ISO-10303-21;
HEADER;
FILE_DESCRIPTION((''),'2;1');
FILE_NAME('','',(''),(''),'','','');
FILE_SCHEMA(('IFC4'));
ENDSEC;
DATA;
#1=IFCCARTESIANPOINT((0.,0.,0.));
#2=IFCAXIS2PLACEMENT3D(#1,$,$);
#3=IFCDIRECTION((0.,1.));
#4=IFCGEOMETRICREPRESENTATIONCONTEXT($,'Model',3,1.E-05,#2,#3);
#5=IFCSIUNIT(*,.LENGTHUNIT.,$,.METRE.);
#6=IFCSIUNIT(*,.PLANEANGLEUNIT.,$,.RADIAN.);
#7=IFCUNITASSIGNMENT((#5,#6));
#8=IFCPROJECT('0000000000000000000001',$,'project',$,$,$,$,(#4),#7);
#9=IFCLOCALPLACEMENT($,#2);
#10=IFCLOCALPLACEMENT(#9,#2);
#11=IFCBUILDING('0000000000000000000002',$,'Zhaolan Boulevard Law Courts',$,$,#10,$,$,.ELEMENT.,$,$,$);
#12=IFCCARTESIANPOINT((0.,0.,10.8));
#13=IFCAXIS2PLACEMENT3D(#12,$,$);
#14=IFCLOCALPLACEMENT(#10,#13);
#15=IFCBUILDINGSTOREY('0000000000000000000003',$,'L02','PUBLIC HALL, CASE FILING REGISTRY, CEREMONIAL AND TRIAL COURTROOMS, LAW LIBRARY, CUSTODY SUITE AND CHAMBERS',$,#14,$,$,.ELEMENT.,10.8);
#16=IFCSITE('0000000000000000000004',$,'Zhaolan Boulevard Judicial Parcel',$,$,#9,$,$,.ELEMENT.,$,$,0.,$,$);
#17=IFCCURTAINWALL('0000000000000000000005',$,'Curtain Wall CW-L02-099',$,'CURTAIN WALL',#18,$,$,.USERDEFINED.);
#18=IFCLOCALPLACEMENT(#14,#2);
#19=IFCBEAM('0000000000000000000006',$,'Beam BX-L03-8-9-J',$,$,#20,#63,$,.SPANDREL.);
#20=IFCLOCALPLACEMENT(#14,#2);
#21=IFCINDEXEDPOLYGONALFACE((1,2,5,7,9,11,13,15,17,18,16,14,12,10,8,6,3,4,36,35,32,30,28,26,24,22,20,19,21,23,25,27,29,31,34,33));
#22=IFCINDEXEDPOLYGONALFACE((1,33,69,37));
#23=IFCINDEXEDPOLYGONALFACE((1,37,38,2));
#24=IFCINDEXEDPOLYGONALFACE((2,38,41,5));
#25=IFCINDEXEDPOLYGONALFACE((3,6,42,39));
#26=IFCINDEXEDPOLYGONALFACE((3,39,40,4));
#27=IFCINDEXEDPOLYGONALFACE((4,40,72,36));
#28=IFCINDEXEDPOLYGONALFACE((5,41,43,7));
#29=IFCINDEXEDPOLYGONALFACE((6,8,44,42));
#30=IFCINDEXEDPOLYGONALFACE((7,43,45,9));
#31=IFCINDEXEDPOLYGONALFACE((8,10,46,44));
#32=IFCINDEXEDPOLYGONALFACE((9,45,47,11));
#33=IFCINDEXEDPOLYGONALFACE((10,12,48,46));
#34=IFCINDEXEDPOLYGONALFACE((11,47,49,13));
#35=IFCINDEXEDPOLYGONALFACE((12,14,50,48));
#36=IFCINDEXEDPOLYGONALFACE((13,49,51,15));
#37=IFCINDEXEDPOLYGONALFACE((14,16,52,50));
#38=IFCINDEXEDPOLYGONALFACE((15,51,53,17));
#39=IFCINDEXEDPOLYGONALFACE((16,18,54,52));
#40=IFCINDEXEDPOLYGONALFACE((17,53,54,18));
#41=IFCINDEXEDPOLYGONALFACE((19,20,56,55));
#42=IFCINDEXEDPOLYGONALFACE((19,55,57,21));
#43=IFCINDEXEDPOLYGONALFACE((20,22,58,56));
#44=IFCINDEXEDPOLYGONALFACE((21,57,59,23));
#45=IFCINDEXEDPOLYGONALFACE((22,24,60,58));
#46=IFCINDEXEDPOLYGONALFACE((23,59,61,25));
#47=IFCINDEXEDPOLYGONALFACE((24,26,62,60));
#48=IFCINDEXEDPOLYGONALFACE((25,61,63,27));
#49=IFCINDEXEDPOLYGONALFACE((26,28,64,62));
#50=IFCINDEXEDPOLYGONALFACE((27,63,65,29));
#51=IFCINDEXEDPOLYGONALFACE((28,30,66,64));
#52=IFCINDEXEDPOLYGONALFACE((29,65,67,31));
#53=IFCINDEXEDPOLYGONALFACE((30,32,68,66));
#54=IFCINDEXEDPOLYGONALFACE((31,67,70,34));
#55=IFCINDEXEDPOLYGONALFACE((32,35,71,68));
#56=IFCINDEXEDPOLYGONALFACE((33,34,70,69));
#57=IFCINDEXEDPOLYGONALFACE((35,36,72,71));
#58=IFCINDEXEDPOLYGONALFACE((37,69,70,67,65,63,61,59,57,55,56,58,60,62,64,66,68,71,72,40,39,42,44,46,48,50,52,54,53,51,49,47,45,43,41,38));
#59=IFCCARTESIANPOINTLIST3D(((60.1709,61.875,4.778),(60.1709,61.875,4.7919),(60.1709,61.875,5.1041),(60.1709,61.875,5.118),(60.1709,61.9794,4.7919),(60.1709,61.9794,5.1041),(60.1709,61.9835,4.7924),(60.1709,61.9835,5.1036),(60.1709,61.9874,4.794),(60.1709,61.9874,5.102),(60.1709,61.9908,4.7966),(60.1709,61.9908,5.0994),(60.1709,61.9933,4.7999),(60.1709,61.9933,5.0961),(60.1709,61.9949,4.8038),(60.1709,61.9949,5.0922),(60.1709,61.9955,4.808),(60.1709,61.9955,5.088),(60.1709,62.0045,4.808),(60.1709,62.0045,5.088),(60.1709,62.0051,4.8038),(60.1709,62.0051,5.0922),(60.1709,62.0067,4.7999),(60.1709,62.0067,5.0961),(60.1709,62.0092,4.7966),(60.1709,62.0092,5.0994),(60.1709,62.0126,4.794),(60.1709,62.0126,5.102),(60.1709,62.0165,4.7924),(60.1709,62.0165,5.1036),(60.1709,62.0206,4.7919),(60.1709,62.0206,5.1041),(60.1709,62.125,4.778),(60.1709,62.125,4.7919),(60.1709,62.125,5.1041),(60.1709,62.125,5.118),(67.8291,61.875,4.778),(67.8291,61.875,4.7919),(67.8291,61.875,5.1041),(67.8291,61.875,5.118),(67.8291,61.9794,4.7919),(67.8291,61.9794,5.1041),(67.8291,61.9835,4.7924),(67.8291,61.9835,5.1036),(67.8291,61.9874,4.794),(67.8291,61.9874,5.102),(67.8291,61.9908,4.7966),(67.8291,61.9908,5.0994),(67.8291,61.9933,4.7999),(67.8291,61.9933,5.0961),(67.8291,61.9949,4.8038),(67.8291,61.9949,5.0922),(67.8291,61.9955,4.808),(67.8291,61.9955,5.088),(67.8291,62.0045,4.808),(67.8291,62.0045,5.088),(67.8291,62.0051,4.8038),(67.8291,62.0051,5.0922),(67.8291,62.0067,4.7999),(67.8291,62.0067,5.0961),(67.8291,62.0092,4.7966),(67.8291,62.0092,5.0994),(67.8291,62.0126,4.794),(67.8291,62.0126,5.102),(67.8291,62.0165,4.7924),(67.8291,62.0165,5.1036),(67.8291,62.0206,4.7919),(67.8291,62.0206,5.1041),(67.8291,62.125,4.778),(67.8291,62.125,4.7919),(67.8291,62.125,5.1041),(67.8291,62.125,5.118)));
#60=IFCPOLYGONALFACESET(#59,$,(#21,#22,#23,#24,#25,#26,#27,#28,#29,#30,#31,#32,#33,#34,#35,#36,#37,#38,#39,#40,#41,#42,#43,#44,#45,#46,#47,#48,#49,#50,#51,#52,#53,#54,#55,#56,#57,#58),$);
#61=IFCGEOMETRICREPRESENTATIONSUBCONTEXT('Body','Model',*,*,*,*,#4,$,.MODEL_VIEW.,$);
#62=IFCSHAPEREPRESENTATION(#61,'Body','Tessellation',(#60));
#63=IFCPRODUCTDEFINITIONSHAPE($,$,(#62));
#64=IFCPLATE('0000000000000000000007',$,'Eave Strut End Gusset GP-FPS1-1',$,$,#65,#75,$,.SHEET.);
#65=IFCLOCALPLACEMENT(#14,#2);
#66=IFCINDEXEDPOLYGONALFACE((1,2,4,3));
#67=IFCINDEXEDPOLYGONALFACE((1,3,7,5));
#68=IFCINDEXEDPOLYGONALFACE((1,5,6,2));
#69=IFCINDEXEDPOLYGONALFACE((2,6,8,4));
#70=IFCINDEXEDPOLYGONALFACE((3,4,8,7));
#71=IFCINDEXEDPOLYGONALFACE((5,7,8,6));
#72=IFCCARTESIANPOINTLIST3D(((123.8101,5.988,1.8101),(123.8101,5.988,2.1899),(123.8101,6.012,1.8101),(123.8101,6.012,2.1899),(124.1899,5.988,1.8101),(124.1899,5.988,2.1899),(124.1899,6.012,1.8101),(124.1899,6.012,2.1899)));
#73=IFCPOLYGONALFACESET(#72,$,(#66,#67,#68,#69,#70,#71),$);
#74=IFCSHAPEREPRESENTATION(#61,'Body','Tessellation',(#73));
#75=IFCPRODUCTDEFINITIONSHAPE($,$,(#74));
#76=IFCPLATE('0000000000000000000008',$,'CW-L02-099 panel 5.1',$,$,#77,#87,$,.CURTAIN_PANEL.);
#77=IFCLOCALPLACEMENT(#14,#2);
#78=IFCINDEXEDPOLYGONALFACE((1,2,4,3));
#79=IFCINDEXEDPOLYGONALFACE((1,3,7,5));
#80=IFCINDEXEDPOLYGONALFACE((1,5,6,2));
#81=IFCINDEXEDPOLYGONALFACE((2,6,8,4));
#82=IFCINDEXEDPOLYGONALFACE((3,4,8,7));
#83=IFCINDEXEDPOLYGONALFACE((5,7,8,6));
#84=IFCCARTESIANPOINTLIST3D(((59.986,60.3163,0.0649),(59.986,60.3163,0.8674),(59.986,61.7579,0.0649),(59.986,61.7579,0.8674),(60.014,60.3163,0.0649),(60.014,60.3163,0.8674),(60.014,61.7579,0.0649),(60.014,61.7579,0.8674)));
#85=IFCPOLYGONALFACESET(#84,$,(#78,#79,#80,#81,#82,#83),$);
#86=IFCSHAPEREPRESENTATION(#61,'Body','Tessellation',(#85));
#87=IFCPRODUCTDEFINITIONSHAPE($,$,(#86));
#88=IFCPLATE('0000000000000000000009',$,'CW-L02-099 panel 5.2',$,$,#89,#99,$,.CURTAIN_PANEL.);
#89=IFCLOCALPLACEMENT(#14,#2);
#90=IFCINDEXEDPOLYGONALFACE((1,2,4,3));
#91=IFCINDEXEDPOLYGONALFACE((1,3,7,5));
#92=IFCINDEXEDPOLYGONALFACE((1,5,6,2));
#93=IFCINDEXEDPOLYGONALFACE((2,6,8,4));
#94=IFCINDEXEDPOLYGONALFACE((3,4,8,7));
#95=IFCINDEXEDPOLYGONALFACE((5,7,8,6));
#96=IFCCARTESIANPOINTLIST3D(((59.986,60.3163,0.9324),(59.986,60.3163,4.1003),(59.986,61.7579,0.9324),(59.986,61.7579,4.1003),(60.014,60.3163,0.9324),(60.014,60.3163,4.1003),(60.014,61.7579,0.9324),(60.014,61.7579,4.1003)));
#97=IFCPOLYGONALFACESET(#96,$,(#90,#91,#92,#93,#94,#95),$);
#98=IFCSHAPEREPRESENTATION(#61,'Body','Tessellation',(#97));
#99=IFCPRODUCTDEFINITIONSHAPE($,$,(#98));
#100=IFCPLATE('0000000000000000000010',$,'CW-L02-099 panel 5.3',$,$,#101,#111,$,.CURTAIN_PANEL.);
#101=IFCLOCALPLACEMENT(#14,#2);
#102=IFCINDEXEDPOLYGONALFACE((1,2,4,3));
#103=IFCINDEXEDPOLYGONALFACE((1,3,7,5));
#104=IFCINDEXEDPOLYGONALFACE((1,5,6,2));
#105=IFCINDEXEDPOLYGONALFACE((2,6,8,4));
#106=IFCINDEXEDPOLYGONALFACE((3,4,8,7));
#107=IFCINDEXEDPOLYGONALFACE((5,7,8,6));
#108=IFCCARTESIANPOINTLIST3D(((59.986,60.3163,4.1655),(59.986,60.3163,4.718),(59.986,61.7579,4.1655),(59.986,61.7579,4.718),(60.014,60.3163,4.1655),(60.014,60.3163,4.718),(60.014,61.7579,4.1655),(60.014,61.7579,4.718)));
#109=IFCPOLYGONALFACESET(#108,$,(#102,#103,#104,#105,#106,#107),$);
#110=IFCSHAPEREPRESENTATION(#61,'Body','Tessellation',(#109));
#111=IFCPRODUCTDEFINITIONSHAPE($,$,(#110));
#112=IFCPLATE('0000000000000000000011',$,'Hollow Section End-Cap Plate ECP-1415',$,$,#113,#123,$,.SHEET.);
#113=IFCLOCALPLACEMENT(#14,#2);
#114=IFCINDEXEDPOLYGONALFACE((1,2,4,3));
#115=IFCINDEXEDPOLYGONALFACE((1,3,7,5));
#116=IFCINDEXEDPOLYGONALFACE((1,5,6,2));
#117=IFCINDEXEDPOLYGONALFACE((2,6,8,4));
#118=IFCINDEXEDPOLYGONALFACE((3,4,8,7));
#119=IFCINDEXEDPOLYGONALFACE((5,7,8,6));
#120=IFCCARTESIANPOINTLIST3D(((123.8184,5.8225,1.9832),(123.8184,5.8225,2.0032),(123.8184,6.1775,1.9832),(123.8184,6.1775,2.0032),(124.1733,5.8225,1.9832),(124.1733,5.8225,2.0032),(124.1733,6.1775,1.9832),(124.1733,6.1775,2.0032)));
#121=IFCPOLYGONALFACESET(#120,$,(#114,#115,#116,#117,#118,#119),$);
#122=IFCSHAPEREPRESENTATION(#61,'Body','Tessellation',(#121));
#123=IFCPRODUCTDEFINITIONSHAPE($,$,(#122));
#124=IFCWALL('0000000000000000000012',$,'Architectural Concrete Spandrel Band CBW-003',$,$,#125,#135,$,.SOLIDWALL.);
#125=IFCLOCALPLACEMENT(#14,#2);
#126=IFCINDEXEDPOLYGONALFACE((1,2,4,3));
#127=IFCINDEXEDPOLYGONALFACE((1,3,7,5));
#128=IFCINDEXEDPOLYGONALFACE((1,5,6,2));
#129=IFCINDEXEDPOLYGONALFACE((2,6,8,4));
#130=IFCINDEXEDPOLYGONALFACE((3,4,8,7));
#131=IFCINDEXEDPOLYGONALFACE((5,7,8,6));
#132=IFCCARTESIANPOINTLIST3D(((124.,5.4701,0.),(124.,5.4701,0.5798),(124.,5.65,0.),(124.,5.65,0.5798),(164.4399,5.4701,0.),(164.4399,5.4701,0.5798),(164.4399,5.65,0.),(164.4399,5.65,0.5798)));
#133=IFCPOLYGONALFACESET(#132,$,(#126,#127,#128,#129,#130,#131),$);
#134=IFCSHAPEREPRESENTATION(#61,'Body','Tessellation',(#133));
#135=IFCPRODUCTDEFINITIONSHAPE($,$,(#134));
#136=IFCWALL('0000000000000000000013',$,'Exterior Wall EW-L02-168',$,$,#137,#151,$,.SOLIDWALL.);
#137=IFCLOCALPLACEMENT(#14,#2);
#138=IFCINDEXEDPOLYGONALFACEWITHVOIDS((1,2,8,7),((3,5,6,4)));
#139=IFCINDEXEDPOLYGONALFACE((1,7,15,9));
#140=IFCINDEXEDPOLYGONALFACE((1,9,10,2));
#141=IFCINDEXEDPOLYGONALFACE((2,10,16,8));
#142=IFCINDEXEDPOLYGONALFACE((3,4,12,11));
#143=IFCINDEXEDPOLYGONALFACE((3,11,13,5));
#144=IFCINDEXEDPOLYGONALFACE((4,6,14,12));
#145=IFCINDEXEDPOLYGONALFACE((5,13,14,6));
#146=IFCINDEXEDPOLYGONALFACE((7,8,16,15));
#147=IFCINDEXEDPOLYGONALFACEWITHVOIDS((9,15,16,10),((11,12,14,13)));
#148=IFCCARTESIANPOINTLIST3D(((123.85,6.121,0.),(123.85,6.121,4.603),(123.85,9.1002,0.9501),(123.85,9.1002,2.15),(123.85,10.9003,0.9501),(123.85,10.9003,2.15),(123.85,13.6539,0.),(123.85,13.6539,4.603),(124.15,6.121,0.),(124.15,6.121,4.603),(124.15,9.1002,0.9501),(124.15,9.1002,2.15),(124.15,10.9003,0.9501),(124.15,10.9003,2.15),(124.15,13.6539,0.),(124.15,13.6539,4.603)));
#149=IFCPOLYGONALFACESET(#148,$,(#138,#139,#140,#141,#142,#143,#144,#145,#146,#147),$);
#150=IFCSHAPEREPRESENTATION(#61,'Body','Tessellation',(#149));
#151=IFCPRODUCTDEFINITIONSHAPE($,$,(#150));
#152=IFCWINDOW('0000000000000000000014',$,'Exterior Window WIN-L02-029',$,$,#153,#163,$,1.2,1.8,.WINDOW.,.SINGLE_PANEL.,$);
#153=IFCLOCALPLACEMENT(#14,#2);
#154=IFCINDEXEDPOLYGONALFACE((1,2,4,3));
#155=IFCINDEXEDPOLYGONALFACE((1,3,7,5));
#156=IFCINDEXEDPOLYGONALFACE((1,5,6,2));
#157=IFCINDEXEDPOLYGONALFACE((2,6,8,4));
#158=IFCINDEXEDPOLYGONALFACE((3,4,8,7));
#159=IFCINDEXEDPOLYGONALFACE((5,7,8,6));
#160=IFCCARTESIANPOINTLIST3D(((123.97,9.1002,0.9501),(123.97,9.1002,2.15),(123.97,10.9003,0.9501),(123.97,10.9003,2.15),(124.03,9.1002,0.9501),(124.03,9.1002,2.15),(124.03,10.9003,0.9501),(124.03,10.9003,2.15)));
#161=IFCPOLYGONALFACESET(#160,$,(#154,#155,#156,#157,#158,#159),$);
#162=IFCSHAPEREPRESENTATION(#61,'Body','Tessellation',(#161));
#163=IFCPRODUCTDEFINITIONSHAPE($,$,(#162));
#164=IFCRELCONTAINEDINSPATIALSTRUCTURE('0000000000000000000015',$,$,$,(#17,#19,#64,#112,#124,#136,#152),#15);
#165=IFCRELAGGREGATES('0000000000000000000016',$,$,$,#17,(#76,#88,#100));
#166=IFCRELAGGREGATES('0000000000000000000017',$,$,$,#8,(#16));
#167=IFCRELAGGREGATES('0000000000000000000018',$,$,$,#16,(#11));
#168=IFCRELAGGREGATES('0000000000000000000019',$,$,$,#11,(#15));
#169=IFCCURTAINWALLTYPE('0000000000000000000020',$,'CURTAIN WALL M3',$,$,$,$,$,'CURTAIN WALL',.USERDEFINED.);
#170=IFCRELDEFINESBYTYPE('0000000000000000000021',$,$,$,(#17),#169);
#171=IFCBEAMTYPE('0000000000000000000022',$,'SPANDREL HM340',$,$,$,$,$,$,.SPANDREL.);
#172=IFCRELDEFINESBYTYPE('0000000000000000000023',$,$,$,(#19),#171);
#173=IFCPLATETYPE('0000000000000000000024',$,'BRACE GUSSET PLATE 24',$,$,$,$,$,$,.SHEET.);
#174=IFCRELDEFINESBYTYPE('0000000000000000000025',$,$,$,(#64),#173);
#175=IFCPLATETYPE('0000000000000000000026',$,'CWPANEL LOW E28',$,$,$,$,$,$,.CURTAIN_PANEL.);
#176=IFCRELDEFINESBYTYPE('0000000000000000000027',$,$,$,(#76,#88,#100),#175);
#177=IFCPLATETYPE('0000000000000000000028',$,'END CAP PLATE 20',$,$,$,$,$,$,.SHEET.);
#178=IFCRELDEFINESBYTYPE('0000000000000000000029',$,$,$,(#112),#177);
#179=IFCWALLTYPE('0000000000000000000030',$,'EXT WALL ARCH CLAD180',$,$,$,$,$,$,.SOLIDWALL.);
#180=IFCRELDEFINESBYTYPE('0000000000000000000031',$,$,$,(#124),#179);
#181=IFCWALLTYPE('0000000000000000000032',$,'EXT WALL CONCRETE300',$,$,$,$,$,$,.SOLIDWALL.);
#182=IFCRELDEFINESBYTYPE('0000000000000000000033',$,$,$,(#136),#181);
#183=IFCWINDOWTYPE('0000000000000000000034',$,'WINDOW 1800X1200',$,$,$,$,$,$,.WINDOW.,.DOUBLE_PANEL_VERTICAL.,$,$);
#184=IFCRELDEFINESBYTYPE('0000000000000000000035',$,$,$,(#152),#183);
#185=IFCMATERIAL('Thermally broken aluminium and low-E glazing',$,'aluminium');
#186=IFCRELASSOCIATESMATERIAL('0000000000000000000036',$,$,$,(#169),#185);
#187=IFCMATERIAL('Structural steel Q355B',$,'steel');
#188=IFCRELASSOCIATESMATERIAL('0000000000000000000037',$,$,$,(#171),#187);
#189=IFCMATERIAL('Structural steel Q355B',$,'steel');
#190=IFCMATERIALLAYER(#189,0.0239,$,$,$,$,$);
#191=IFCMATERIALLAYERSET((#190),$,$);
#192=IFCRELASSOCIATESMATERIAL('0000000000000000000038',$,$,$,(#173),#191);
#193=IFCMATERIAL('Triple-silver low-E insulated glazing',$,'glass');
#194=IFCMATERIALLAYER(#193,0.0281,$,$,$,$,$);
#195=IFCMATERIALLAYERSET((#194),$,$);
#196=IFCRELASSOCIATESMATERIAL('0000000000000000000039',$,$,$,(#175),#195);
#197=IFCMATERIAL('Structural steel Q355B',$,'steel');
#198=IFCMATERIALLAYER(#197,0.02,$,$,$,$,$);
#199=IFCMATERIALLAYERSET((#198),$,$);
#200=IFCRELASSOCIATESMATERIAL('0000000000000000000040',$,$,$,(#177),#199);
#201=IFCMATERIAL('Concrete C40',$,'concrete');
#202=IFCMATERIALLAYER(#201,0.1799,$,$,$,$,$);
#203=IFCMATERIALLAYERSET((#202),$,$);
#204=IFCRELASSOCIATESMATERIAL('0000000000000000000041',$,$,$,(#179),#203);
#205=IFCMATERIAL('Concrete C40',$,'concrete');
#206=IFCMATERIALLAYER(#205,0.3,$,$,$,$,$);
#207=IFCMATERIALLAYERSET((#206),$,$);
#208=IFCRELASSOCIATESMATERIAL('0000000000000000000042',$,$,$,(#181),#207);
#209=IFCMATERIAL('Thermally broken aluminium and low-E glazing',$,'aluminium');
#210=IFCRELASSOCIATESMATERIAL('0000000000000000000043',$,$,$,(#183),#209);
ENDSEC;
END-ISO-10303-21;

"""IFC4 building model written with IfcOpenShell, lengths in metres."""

from ifc_helpers import new_model, si_unit, direction, frame, frame_2d, origin, origin_2d, place, context, subcontext, project, spatial, rectangle, i_section, extrude, material, layer, layer_set, material_profile, profile_set, type_object, element, fill, aggregate, save


model = new_model("IFC4")

# Units and contexts
model_context = context("Model", 3, precision=1e-05, world=origin(), true_north=direction((0.0, 1.0)))
body_context = subcontext(model_context, "Body", "Model", "MODEL_VIEW")
ifc_project = project(units=[si_unit("LENGTHUNIT", "METRE"), si_unit("PLANEANGLEUNIT", "RADIAN")], contexts=[model_context])

# Site, building, storey
site_placement = place(None, origin())
site = spatial("IfcSite", under=ifc_project, at=site_placement, Name="Zhaolan Boulevard Judicial Parcel", CompositionType="ELEMENT", RefElevation=0.0)
building_placement = place(site_placement, origin())
building = spatial("IfcBuilding", under=site, at=building_placement, Name="Zhaolan Boulevard Law Courts", CompositionType="ELEMENT")
storey_placement = place(building_placement, frame((0.0, 0.0, 10.8)))
storey = spatial("IfcBuildingStorey", under=building, at=storey_placement, Name="L02", Description="PUBLIC HALL, CASE FILING REGISTRY, CEREMONIAL AND TRIAL COURTROOMS, LAW LIBRARY, CUSTODY SUITE AND CHAMBERS", CompositionType="ELEMENT", Elevation=10.8)

# Curtain wall
ifc_material_1 = material(Name="Thermally broken aluminium and low-E glazing", Category="aluminium")
curtain_wall_type = type_object("IfcCurtainWallType", Name="CURTAIN WALL M3", ElementType="CURTAIN WALL", PredefinedType="USERDEFINED", material=ifc_material_1)
curtain_wall_placement = place(storey_placement, origin())
curtain_wall = element("IfcCurtainWall", 1, at=curtain_wall_placement, inside=storey, type_object=curtain_wall_type, Name="Curtain Wall CW-L02-099", ObjectType="CURTAIN WALL", PredefinedType="USERDEFINED")

# Beam
ifc_material_2 = material(Name="Structural steel Q355B", Category="steel")
ifc_material_profile_1 = material_profile(ifc_material_2, i_section(OverallWidth=0.25, OverallDepth=0.3401, WebThickness=0.009, FlangeThickness=0.0139, FilletRadius=0.0161, at=origin_2d()), Name="HM340x250")
ifc_profile_set_1 = profile_set([ifc_material_profile_1], Name="Structural steel Q355B")
beam_type_1 = type_object("IfcBeamType", Name="SPANDREL HM340", PredefinedType="SPANDREL", material=ifc_profile_set_1)
beam_1_placement = place(storey_placement, frame((60.1709, 62.0, 4.948), z_axis=(1.0, 0.0, 0.0), x_axis=(0.0, 1.0, 0.0)))
element("IfcBeam", 2, at=beam_1_placement, inside=storey, type_object=beam_type_1, Name="Beam BX-L03-8-9-J", PredefinedType="SPANDREL", context=body_context, shape_type="SweptSolid", body=[
    extrude(i_section(OverallWidth=0.25, OverallDepth=0.3401, WebThickness=0.009, FlangeThickness=0.0139, FilletRadius=0.0161, at=origin_2d()), origin(), (0.0, 0.0, 1.0), 7.6582),
])

# Plates
ifc_material_3 = material(Name="Structural steel Q355B", Category="steel")
ifc_layer_1 = layer(ifc_material_3, 0.0239)
ifc_layer_set_1 = layer_set([ifc_layer_1])
plate_type_1 = type_object("IfcPlateType", Name="BRACE GUSSET PLATE 24", PredefinedType="SHEET", material=ifc_layer_set_1)
plate_1_placement = place(storey_placement, frame((124.0, 6.0, 1.8101), z_axis=(0.0, 0.0, 1.0), x_axis=(1.0, 0.0, 0.0)))
element("IfcPlate", 3, at=plate_1_placement, inside=storey, type_object=plate_type_1, Name="Eave Strut End Gusset GP-FPS1-1", PredefinedType="SHEET", context=body_context, shape_type="SweptSolid", body=[
    extrude(rectangle(XDim=0.3799, YDim=0.0239, at=origin_2d()), origin(), (0.0, 0.0, 1.0), 0.3799),
])
ifc_material_4 = material(Name="Triple-silver low-E insulated glazing", Category="glass")
ifc_layer_2 = layer(ifc_material_4, 0.0281)
ifc_layer_set_2 = layer_set([ifc_layer_2])
plate_type_2 = type_object("IfcPlateType", Name="CWPANEL LOW E28", PredefinedType="CURTAIN_PANEL", material=ifc_layer_set_2)
plate_2_placement = place(storey_placement, frame((60.0, 61.0371, 0.0649), z_axis=(0.0, 0.0, 1.0), x_axis=(0.0, 1.0, 0.0)))
plate_2 = element("IfcPlate", 4, at=plate_2_placement, type_object=plate_type_2, Name="CW-L02-099 panel 5.1", PredefinedType="CURTAIN_PANEL", context=body_context, shape_type="SweptSolid", body=[
    extrude(rectangle(XDim=1.4417, YDim=0.0281, at=origin_2d()), origin(), (0.0, 0.0, 1.0), 0.8025),
])
plate_3_placement = place(storey_placement, frame((60.0, 61.0371, 0.9324), z_axis=(0.0, 0.0, 1.0), x_axis=(0.0, 1.0, 0.0)))
plate_3 = element("IfcPlate", 5, at=plate_3_placement, type_object=plate_type_2, Name="CW-L02-099 panel 5.2", PredefinedType="CURTAIN_PANEL", context=body_context, shape_type="SweptSolid", body=[
    extrude(rectangle(XDim=1.4417, YDim=0.0281, at=origin_2d()), origin(), (0.0, 0.0, 1.0), 3.168),
])
plate_4_placement = place(storey_placement, frame((60.0, 61.0371, 4.1655), z_axis=(0.0, 0.0, 1.0), x_axis=(0.0, 1.0, 0.0)))
plate_4 = element("IfcPlate", 6, at=plate_4_placement, type_object=plate_type_2, Name="CW-L02-099 panel 5.3", PredefinedType="CURTAIN_PANEL", context=body_context, shape_type="SweptSolid", body=[
    extrude(rectangle(XDim=1.4417, YDim=0.0281, at=origin_2d()), origin(), (0.0, 0.0, 1.0), 0.5525),
])
aggregate(curtain_wall, [plate_2, plate_3, plate_4])
ifc_material_5 = material(Name="Structural steel Q355B", Category="steel")
ifc_layer_3 = layer(ifc_material_5, 0.02)
ifc_layer_set_3 = layer_set([ifc_layer_3])
plate_type_3 = type_object("IfcPlateType", Name="END CAP PLATE 20", PredefinedType="SHEET", material=ifc_layer_set_3)
plate_5_placement = place(storey_placement, frame((123.9958, 6.0, 1.9832), z_axis=(0.0, 0.0, 1.0), x_axis=(1.0, 0.0, 0.0)))
element("IfcPlate", 7, at=plate_5_placement, inside=storey, type_object=plate_type_3, Name="Hollow Section End-Cap Plate ECP-1415", PredefinedType="SHEET", context=body_context, shape_type="SweptSolid", body=[
    extrude(rectangle(XDim=0.355, YDim=0.355, at=origin_2d()), origin(), (0.0, 0.0, 1.0), 0.02),
])

# Wall
ifc_material_6 = material(Name="Concrete C40", Category="concrete")
ifc_layer_4 = layer(ifc_material_6, 0.1799)
ifc_layer_set_4 = layer_set([ifc_layer_4])
wall_type_1 = type_object("IfcWallType", Name="EXT WALL ARCH CLAD180", PredefinedType="SOLIDWALL", material=ifc_layer_set_4)
wall_1_placement = place(storey_placement, frame((124.0, 5.5601, 0.0), z_axis=(0.0, 0.0, 1.0), x_axis=(1.0, 0.0, 0.0)))
element("IfcWall", 8, at=wall_1_placement, inside=storey, type_object=wall_type_1, Name="Architectural Concrete Spandrel Band CBW-003", PredefinedType="SOLIDWALL", context=body_context, shape_type="SweptSolid", body=[
    extrude(rectangle(XDim=40.4399, YDim=0.1799, at=frame_2d((20.22, 0.0))), origin(), (0.0, 0.0, 1.0), 0.5798),
])

# Wall, opening, window
ifc_material_7 = material(Name="Concrete C40", Category="concrete")
ifc_layer_5 = layer(ifc_material_7, 0.3)
ifc_layer_set_5 = layer_set([ifc_layer_5])
wall_type_2 = type_object("IfcWallType", Name="EXT WALL CONCRETE300", PredefinedType="SOLIDWALL", material=ifc_layer_set_5)
wall_2_placement = place(storey_placement, frame((124.0, 13.6541, 0.0), z_axis=(0.0, 0.0, 1.0), x_axis=(0.0, -1.0, 0.0)))
wall_2 = element("IfcWall", 9, at=wall_2_placement, inside=storey, type_object=wall_type_2, Name="Exterior Wall EW-L02-168", PredefinedType="SOLIDWALL", context=body_context, shape_type="SweptSolid", body=[
    extrude(rectangle(XDim=7.533, YDim=0.3, at=frame_2d((3.7666, 0.0))), origin(), (0.0, 0.0, 1.0), 4.603),
])
opening_1_placement = place(wall_2_placement, frame((2.7539, 0.0, 0.95)))
opening_1 = element("IfcOpeningElement", 10, at=opening_1_placement, cuts=wall_2, PredefinedType="OPENING", context=body_context, shape_type="SweptSolid", body=[
    extrude(rectangle(XDim=1.8, YDim=1.2, at=frame_2d((0.8999, 0.6001))), frame((0.0, 0.1599, 0.0), z_axis=(0.0, -1.0, 0.0), x_axis=(1.0, 0.0, 0.0)), (0.0, 0.0, 1.0), 0.3201),
])
ifc_material_8 = material(Name="Thermally broken aluminium and low-E glazing", Category="aluminium")
window_type_1 = type_object("IfcWindowType", Name="WINDOW 1800X1200", PartitioningType="DOUBLE_PANEL_VERTICAL", PredefinedType="WINDOW", material=ifc_material_8)
window_1_placement = place(opening_1_placement, origin())
window_1 = element("IfcWindow", 11, at=window_1_placement, inside=storey, type_object=window_type_1, Name="Exterior Window WIN-L02-029", OverallHeight=1.2, OverallWidth=1.8, PartitioningType="SINGLE_PANEL", PredefinedType="WINDOW", context=body_context, shape_type="SweptSolid", body=[
    extrude(rectangle(XDim=1.8, YDim=1.2, at=frame_2d((0.8999, 0.6001))), frame((0.0, 0.03, 0.0), z_axis=(0.0, -1.0, 0.0), x_axis=(1.0, 0.0, 0.0)), (0.0, 0.0, 1.0), 0.0601),
])
fill(opening_1, window_1)

save(model, "model.ifc")
